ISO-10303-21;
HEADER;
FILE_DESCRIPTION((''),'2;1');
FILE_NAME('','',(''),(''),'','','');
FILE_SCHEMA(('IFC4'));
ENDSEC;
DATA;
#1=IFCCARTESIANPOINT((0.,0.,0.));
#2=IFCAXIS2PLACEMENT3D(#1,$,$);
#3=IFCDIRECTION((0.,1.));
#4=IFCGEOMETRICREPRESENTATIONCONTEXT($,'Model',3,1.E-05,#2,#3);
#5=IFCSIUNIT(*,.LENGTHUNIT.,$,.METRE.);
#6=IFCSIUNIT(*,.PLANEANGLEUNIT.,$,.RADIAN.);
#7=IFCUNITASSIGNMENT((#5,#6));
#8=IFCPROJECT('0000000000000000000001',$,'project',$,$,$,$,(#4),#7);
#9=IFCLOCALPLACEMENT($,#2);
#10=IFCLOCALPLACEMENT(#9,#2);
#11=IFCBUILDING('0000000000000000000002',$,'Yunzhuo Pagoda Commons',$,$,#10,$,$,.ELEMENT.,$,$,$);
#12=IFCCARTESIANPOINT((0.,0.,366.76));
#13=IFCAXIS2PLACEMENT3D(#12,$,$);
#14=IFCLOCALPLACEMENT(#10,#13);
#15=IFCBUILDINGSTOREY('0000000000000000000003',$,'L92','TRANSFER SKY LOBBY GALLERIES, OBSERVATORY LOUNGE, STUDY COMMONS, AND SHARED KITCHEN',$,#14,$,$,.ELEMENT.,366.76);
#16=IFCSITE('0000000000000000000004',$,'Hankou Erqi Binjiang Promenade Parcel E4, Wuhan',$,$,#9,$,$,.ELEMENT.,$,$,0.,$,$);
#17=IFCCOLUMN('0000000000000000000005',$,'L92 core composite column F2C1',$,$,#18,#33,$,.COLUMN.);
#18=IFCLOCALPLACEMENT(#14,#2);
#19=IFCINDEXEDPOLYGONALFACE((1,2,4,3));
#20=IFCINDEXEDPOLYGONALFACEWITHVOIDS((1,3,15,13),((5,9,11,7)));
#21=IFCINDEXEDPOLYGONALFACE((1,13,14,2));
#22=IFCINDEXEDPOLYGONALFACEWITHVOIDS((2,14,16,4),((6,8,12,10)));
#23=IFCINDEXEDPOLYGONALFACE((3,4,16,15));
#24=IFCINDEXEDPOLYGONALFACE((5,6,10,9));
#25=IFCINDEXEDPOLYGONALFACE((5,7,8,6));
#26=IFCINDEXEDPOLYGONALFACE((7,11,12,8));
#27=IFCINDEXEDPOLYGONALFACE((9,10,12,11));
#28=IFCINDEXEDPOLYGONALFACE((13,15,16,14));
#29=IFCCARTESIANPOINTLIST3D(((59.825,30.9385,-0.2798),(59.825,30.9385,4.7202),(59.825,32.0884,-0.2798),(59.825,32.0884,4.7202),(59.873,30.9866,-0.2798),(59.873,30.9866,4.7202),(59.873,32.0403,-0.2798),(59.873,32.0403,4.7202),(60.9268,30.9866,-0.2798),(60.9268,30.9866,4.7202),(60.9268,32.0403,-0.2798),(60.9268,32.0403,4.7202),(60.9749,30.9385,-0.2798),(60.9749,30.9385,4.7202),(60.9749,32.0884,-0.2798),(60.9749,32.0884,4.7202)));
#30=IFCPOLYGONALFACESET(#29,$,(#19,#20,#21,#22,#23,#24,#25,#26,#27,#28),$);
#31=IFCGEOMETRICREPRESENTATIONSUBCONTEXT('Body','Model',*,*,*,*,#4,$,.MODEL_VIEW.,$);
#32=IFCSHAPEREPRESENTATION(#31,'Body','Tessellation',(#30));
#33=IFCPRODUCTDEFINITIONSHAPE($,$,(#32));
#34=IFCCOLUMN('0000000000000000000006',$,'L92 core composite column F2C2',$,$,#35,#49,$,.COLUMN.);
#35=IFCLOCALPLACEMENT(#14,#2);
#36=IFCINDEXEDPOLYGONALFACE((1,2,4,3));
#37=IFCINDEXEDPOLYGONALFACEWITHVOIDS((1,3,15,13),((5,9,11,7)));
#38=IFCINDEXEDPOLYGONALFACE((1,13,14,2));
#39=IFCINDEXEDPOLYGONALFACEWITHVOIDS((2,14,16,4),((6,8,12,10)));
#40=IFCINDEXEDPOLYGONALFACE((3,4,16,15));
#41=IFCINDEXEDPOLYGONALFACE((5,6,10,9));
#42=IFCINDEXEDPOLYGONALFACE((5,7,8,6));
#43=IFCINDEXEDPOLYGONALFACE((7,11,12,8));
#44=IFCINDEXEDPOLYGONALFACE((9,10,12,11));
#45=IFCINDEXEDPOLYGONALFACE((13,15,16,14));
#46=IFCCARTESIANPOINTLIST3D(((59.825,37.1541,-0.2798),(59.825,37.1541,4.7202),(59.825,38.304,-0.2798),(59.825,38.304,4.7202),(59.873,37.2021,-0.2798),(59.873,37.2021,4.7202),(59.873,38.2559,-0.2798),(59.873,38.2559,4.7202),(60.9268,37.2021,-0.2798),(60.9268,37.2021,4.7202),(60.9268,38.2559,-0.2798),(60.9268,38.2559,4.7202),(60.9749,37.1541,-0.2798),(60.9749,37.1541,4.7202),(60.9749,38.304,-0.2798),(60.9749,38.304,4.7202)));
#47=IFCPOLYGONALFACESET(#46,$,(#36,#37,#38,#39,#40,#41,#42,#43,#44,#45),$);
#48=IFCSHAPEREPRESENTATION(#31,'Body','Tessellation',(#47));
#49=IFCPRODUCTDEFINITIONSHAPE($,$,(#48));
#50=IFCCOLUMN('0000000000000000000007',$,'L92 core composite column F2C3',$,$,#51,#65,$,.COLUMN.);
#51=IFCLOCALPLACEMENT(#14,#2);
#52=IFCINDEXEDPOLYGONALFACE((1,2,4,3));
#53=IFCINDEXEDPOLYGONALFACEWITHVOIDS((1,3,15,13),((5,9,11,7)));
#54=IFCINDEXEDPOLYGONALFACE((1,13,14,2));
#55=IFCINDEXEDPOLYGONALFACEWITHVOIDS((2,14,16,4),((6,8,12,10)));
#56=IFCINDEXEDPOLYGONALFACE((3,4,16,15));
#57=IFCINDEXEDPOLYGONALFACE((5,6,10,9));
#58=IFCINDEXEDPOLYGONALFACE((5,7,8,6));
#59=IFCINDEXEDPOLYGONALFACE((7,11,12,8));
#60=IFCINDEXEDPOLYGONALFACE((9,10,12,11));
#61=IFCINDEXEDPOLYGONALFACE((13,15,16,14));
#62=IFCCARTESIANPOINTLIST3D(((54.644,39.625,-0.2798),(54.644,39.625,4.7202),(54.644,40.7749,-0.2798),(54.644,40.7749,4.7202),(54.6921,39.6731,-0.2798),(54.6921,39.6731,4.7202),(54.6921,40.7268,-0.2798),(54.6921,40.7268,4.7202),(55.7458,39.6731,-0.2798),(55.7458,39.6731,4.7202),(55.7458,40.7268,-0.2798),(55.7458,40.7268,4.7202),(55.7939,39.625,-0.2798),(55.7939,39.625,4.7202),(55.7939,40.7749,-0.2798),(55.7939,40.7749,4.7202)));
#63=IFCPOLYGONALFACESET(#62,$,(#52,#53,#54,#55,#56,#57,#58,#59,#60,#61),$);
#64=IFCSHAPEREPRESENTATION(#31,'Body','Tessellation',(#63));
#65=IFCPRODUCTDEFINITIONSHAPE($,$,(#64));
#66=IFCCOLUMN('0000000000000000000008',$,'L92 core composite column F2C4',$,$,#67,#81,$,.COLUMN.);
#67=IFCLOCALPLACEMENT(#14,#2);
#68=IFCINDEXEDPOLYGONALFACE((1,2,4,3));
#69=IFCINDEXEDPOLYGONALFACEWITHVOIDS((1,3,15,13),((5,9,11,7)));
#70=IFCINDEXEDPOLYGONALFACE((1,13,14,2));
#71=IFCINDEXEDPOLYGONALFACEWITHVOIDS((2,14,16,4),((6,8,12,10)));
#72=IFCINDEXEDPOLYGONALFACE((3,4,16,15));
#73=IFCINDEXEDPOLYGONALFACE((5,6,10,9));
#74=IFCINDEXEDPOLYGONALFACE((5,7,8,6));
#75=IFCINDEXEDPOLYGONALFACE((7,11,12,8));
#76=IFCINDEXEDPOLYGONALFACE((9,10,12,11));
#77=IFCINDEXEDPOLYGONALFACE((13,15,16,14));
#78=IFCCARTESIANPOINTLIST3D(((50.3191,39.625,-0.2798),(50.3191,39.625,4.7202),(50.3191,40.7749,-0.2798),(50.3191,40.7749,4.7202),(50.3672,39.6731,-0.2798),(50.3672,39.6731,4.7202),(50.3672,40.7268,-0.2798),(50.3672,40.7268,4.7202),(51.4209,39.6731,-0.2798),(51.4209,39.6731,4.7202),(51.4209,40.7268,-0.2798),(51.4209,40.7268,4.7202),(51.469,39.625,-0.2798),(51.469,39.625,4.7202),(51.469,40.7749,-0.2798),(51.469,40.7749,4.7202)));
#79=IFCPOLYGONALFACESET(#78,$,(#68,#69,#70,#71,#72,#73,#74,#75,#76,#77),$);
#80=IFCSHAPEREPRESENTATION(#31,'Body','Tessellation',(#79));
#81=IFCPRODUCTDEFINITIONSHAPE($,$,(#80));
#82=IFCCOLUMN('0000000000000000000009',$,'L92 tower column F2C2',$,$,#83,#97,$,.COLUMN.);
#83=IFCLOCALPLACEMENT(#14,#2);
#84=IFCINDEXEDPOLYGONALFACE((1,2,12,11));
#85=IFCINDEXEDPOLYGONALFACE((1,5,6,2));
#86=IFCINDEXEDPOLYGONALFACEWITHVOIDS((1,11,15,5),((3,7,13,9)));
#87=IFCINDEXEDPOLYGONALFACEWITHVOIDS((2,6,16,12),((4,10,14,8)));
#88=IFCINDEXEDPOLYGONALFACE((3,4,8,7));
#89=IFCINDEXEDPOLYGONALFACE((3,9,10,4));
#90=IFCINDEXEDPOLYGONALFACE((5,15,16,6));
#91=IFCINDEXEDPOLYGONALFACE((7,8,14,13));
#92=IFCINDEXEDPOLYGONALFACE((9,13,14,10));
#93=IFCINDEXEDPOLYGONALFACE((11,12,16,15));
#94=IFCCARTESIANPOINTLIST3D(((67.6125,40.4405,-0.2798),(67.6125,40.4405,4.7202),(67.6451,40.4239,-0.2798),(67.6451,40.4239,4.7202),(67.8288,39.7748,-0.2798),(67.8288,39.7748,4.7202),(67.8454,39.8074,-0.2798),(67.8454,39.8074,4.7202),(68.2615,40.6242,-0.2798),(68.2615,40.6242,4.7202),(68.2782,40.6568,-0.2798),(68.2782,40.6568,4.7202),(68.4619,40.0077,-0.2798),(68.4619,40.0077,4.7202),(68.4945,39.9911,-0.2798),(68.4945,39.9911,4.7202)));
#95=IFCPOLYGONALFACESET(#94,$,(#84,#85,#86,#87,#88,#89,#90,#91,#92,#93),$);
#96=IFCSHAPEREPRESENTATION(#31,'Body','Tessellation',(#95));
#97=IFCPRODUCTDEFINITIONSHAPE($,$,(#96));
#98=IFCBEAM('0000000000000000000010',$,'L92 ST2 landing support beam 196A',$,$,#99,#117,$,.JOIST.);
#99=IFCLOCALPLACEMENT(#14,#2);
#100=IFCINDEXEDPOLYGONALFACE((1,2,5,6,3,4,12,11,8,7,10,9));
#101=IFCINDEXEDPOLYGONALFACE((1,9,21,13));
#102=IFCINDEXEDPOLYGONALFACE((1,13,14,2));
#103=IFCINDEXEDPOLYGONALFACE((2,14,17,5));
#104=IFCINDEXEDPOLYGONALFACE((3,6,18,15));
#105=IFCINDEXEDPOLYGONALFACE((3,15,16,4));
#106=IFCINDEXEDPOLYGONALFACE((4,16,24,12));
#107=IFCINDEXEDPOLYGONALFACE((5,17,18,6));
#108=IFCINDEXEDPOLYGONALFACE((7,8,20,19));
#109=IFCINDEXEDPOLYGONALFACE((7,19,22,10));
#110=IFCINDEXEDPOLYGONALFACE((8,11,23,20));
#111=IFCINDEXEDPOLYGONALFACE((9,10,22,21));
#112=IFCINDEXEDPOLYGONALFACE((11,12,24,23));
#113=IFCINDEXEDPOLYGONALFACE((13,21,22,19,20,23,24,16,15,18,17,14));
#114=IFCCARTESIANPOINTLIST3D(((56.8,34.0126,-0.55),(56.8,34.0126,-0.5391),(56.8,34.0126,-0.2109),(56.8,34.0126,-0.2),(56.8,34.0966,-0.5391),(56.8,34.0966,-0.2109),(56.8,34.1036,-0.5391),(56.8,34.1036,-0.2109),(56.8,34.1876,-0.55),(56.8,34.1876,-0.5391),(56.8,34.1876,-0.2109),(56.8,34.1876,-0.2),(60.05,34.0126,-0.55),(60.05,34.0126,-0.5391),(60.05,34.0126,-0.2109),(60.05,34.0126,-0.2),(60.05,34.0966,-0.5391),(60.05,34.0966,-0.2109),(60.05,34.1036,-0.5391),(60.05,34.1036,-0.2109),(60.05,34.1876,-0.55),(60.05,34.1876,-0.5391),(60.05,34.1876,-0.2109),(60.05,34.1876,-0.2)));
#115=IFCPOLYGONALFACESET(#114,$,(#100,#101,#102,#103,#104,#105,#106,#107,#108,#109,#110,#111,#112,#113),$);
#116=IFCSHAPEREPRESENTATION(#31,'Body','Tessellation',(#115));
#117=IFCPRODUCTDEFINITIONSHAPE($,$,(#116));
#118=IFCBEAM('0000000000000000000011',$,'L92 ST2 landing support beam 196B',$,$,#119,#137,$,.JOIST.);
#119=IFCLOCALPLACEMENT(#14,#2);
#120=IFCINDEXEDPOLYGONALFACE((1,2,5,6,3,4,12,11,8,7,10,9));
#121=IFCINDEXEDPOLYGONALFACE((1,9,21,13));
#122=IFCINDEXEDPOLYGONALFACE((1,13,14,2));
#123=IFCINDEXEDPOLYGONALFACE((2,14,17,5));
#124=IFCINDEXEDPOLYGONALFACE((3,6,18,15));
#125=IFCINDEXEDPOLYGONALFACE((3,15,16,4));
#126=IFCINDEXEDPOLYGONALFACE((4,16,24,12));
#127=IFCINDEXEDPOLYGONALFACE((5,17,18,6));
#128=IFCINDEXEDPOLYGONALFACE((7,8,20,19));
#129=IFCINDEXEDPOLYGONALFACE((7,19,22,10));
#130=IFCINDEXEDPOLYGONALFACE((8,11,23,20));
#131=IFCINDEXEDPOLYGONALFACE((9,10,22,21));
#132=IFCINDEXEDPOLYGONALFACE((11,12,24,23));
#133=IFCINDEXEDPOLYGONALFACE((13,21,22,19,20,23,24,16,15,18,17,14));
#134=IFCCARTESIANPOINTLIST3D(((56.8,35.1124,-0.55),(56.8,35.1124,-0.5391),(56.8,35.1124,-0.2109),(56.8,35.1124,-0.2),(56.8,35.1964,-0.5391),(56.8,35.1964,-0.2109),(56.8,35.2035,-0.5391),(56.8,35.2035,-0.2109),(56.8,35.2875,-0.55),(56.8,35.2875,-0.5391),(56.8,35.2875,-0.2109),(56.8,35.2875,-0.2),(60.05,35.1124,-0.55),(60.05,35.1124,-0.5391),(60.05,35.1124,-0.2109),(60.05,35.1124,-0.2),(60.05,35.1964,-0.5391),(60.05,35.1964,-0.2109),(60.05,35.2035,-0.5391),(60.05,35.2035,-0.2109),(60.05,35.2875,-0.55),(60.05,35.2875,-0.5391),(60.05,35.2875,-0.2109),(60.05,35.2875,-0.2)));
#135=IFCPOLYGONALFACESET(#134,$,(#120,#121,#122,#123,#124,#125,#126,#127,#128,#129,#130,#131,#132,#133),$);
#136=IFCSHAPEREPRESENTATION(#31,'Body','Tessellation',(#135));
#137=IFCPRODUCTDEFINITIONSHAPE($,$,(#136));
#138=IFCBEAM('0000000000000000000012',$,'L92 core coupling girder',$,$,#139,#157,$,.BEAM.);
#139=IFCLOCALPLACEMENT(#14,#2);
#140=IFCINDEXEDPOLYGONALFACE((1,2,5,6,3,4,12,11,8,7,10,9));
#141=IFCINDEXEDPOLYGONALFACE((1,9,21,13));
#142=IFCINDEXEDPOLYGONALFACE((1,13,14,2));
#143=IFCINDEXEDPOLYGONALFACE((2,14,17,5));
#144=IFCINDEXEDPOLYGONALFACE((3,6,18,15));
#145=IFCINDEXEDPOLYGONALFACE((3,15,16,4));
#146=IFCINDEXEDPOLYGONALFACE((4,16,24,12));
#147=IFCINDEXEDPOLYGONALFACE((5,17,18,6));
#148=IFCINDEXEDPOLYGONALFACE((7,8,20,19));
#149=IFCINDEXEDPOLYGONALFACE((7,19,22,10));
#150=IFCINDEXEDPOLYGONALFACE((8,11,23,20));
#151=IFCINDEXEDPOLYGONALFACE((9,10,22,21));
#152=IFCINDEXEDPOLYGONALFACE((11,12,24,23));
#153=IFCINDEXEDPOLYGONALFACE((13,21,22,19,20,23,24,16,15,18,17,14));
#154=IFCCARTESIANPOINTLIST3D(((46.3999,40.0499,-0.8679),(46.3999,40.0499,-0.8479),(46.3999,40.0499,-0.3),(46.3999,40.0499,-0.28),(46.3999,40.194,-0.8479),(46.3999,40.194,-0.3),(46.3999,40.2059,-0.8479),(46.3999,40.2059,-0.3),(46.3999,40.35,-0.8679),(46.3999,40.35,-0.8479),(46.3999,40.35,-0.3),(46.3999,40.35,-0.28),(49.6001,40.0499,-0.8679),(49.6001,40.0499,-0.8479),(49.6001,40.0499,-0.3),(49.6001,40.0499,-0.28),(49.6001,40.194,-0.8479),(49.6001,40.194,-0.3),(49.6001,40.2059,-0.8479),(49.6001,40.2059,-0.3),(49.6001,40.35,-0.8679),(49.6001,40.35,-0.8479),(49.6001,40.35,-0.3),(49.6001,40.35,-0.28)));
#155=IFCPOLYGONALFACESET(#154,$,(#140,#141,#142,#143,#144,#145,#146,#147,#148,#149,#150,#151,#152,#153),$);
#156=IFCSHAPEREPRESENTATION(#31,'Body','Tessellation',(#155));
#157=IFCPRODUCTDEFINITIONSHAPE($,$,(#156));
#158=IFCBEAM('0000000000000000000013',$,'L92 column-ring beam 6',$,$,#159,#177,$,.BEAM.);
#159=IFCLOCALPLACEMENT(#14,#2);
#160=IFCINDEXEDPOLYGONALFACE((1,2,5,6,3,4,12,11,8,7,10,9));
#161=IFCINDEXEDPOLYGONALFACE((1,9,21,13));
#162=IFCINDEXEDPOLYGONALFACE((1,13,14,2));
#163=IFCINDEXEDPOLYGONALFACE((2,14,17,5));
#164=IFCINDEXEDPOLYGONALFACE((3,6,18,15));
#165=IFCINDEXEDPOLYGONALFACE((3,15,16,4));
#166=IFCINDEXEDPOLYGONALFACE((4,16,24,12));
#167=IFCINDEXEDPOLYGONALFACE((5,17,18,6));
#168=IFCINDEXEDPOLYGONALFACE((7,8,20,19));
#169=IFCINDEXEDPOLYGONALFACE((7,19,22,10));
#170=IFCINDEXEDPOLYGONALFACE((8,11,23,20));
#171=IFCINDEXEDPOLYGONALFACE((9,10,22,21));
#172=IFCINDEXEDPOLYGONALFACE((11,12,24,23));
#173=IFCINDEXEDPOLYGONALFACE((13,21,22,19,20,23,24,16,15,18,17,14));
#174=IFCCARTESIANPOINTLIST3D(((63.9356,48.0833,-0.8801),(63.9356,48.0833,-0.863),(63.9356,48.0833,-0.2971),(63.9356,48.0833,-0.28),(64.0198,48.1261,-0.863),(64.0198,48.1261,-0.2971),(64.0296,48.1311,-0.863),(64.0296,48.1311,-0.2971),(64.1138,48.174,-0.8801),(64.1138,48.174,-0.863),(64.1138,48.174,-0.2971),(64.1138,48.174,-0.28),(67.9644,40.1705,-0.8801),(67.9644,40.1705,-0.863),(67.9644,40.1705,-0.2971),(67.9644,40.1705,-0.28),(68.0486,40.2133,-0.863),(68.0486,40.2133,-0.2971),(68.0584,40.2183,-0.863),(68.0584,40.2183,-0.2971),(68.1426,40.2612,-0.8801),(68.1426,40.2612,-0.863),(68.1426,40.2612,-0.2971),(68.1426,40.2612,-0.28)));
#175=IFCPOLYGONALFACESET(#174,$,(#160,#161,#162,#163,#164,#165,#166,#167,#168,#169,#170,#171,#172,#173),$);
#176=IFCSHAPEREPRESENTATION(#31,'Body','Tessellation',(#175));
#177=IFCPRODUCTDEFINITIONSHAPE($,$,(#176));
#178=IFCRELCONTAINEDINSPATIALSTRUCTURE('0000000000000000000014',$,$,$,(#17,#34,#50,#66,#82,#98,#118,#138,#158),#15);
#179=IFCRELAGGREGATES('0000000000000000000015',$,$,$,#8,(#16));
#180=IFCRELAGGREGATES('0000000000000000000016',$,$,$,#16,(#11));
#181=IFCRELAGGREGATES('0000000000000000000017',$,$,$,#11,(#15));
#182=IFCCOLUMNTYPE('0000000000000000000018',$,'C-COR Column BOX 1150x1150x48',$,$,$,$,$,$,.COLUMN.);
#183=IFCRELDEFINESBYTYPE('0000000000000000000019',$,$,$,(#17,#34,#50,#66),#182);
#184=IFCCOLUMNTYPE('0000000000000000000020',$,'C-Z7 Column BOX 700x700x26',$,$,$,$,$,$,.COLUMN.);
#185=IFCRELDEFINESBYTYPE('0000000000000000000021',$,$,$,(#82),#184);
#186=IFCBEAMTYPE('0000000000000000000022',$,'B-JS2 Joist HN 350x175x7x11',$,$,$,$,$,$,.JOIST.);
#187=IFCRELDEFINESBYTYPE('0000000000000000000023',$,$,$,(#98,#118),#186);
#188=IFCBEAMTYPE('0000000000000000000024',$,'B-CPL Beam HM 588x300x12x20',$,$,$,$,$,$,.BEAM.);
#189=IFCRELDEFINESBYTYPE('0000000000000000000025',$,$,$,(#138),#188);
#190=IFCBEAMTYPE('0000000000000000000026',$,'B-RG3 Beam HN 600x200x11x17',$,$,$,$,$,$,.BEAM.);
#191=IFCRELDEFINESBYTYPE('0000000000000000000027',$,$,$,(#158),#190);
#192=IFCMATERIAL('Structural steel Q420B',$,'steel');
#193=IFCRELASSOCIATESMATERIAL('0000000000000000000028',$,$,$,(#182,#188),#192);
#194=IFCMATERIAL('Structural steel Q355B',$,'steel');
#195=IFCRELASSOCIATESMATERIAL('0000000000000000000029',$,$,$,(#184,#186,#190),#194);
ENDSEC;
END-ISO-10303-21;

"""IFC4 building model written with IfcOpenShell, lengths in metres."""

from ifc_helpers import new_model, si_unit, direction, frame, origin, origin_2d, place, context, subcontext, project, spatial, hollow_rectangle, i_section, extrude, source, transform, mapped, material, material_profile, profile_set, type_object, element, save


model = new_model("IFC4")

# Units and contexts
model_context = context("Model", 3, precision=1e-05, world=origin(), true_north=direction((0.0, 1.0)))
body_context = subcontext(model_context, "Body", "Model", "MODEL_VIEW")
ifc_project = project(units=[si_unit("LENGTHUNIT", "METRE"), si_unit("PLANEANGLEUNIT", "RADIAN")], contexts=[model_context])

# Site, building, storey
site_placement = place(None, origin())
site = spatial("IfcSite", under=ifc_project, at=site_placement, Name="Hankou Erqi Binjiang Promenade Parcel E4, Wuhan", CompositionType="ELEMENT", RefElevation=0.0)
building_placement = place(site_placement, origin())
building = spatial("IfcBuilding", under=site, at=building_placement, Name="Yunzhuo Pagoda Commons", CompositionType="ELEMENT")
storey_placement = place(building_placement, frame((0.0, 0.0, 366.76)))
storey = spatial("IfcBuildingStorey", under=building, at=storey_placement, Name="L92", Description="TRANSFER SKY LOBBY GALLERIES, OBSERVATORY LOUNGE, STUDY COMMONS, AND SHARED KITCHEN", CompositionType="ELEMENT", Elevation=366.76)

# Columns
ifc_material_1 = material(Name="Structural steel Q420B", Category="steel")
ifc_material_profile_1 = material_profile(ifc_material_1, hollow_rectangle(XDim=1.1499, YDim=1.1499, WallThickness=0.0481, at=origin_2d()), Name="Structural steel Q420B")
ifc_profile_set_1 = profile_set([ifc_material_profile_1], Name="Structural steel Q420B")
column_type_1 = type_object("IfcColumnType", Name="C-COR Column BOX 1150x1150x48", PredefinedType="COLUMN", material=ifc_profile_set_1)
shared_shape_1 = source(origin(), body_context, "Body", "SweptSolid", [
    extrude(hollow_rectangle(XDim=1.1499, YDim=1.1499, WallThickness=0.0481, at=origin_2d()), origin(), (0.0, 0.0, 1.0), 5.0),
])
for number, where, z_axis, x_axis, name in (
    (1, (60.3999, 31.5134, -0.2798), (0.0, 0.0, 1.0), (1.0, 0.0, 0.0), "L92 core composite column F2C1"),
    (2, (60.3999, 37.729, -0.2798), (0.0, 0.0, 1.0), (1.0, 0.0, 0.0), "L92 core composite column F2C2"),
    (3, (55.219, 40.2, -0.2798), (0.0, 0.0, 1.0), (1.0, 0.0, 0.0), "L92 core composite column F2C3"),
    (4, (50.894, 40.2, -0.2798), (0.0, 0.0, 1.0), (1.0, 0.0, 0.0), "L92 core composite column F2C4"),
):
    element("IfcColumn", number, at=place(storey_placement, frame(where, z_axis=z_axis, x_axis=x_axis)), inside=storey, type_object=column_type_1, Name=name, PredefinedType="COLUMN", context=body_context, shape_type="MappedRepresentation", body=[
        mapped(shared_shape_1, transform((0.0, 0.0, 0.0), scale=1.0)),
    ])
ifc_material_2 = material(Name="Structural steel Q355B", Category="steel")
ifc_material_profile_2 = material_profile(ifc_material_2, hollow_rectangle(XDim=0.7, YDim=0.7, WallThickness=0.0259, at=origin_2d()), Name="Structural steel Q355B")
ifc_profile_set_2 = profile_set([ifc_material_profile_2], Name="Structural steel Q355B")
column_type_2 = type_object("IfcColumnType", Name="C-Z7 Column BOX 700x700x26", PredefinedType="COLUMN", material=ifc_profile_set_2)
shared_shape_2 = source(origin(), body_context, "Body", "SweptSolid", [
    extrude(hollow_rectangle(XDim=0.7, YDim=0.7, WallThickness=0.0259, at=origin_2d()), origin(), (0.0, 0.0, 1.0), 5.0),
])
column_placement = place(storey_placement, frame((68.0535, 40.2158, -0.2798), z_axis=(0.0, 0.0, 1.0), x_axis=(-0.309017, 0.951057, 0.0)))
element("IfcColumn", 5, at=column_placement, inside=storey, type_object=column_type_2, Name="L92 tower column F2C2", PredefinedType="COLUMN", context=body_context, shape_type="MappedRepresentation", body=[
    mapped(shared_shape_2, transform((0.0, 0.0, 0.0), scale=1.0)),
])

# Beams
ifc_material_profile_3 = material_profile(ifc_material_2, i_section(OverallWidth=0.175, OverallDepth=0.3501, WebThickness=0.0071, FlangeThickness=0.011, at=origin_2d()), Name="Structural steel Q355B")
ifc_profile_set_3 = profile_set([ifc_material_profile_3], Name="Structural steel Q355B")
beam_type_1 = type_object("IfcBeamType", Name="B-JS2 Joist HN 350x175x7x11", PredefinedType="JOIST", material=ifc_profile_set_3)
shared_shape_3 = source(origin(), body_context, "Body", "SweptSolid", [
    extrude(i_section(OverallWidth=0.175, OverallDepth=0.3501, WebThickness=0.0071, FlangeThickness=0.011, at=origin_2d()), origin(), (0.0, 0.0, 1.0), 3.25),
])
for number, where, z_axis, x_axis, name in (
    (6, (56.8, 34.1001, -0.375), (1.0, 0.0, 0.0), (0.0, 1.0, 0.0), "L92 ST2 landing support beam 196A"),
    (7, (56.8, 35.2, -0.375), (1.0, 0.0, 0.0), (0.0, 1.0, 0.0), "L92 ST2 landing support beam 196B"),
):
    element("IfcBeam", number, at=place(storey_placement, frame(where, z_axis=z_axis, x_axis=x_axis)), inside=storey, type_object=beam_type_1, Name=name, PredefinedType="JOIST", context=body_context, shape_type="MappedRepresentation", body=[
        mapped(shared_shape_3, transform((0.0, 0.0, 0.0), scale=1.0)),
    ])
ifc_material_profile_4 = material_profile(ifc_material_1, i_section(OverallWidth=0.3, OverallDepth=0.5879, WebThickness=0.012, FlangeThickness=0.02, at=origin_2d()), Name="Structural steel Q420B")
ifc_profile_set_4 = profile_set([ifc_material_profile_4], Name="Structural steel Q420B")
beam_type_2 = type_object("IfcBeamType", Name="B-CPL Beam HM 588x300x12x20", PredefinedType="BEAM", material=ifc_profile_set_4)
shared_shape_4 = source(origin(), body_context, "Body", "SweptSolid", [
    extrude(i_section(OverallWidth=0.3, OverallDepth=0.5879, WebThickness=0.012, FlangeThickness=0.02, at=origin_2d()), origin(), (0.0, 0.0, 1.0), 3.2002),
])
beam_1_placement = place(storey_placement, frame((46.3999, 40.2, -0.574), z_axis=(1.0, 0.0, 0.0), x_axis=(0.0, 1.0, 0.0)))
element("IfcBeam", 8, at=beam_1_placement, inside=storey, type_object=beam_type_2, Name="L92 core coupling girder", PredefinedType="BEAM", context=body_context, shape_type="MappedRepresentation", body=[
    mapped(shared_shape_4, transform((0.0, 0.0, 0.0), scale=1.0)),
])
ifc_material_profile_5 = material_profile(ifc_material_2, i_section(OverallWidth=0.2, OverallDepth=0.6001, WebThickness=0.011, FlangeThickness=0.0171, at=origin_2d()), Name="Structural steel Q355B")
ifc_profile_set_5 = profile_set([ifc_material_profile_5], Name="Structural steel Q355B")
beam_type_3 = type_object("IfcBeamType", Name="B-RG3 Beam HN 600x200x11x17", PredefinedType="BEAM", material=ifc_profile_set_5)
shared_shape_5 = source(origin(), body_context, "Body", "SweptSolid", [
    extrude(i_section(OverallWidth=0.2, OverallDepth=0.6001, WebThickness=0.011, FlangeThickness=0.0171, at=origin_2d()), origin(), (0.0, 0.0, 1.0), 8.8794),
])
beam_2_placement = place(storey_placement, frame((68.0535, 40.2158, -0.5801), z_axis=(-0.453724, 0.891142, 0.0), x_axis=(-0.891142, -0.453724, 0.0)))
element("IfcBeam", 9, at=beam_2_placement, inside=storey, type_object=beam_type_3, Name="L92 column-ring beam 6", PredefinedType="BEAM", context=body_context, shape_type="MappedRepresentation", body=[
    mapped(shared_shape_5, transform((0.0, 0.0, 0.0), scale=1.0)),
])

save(model, "model.ifc")
